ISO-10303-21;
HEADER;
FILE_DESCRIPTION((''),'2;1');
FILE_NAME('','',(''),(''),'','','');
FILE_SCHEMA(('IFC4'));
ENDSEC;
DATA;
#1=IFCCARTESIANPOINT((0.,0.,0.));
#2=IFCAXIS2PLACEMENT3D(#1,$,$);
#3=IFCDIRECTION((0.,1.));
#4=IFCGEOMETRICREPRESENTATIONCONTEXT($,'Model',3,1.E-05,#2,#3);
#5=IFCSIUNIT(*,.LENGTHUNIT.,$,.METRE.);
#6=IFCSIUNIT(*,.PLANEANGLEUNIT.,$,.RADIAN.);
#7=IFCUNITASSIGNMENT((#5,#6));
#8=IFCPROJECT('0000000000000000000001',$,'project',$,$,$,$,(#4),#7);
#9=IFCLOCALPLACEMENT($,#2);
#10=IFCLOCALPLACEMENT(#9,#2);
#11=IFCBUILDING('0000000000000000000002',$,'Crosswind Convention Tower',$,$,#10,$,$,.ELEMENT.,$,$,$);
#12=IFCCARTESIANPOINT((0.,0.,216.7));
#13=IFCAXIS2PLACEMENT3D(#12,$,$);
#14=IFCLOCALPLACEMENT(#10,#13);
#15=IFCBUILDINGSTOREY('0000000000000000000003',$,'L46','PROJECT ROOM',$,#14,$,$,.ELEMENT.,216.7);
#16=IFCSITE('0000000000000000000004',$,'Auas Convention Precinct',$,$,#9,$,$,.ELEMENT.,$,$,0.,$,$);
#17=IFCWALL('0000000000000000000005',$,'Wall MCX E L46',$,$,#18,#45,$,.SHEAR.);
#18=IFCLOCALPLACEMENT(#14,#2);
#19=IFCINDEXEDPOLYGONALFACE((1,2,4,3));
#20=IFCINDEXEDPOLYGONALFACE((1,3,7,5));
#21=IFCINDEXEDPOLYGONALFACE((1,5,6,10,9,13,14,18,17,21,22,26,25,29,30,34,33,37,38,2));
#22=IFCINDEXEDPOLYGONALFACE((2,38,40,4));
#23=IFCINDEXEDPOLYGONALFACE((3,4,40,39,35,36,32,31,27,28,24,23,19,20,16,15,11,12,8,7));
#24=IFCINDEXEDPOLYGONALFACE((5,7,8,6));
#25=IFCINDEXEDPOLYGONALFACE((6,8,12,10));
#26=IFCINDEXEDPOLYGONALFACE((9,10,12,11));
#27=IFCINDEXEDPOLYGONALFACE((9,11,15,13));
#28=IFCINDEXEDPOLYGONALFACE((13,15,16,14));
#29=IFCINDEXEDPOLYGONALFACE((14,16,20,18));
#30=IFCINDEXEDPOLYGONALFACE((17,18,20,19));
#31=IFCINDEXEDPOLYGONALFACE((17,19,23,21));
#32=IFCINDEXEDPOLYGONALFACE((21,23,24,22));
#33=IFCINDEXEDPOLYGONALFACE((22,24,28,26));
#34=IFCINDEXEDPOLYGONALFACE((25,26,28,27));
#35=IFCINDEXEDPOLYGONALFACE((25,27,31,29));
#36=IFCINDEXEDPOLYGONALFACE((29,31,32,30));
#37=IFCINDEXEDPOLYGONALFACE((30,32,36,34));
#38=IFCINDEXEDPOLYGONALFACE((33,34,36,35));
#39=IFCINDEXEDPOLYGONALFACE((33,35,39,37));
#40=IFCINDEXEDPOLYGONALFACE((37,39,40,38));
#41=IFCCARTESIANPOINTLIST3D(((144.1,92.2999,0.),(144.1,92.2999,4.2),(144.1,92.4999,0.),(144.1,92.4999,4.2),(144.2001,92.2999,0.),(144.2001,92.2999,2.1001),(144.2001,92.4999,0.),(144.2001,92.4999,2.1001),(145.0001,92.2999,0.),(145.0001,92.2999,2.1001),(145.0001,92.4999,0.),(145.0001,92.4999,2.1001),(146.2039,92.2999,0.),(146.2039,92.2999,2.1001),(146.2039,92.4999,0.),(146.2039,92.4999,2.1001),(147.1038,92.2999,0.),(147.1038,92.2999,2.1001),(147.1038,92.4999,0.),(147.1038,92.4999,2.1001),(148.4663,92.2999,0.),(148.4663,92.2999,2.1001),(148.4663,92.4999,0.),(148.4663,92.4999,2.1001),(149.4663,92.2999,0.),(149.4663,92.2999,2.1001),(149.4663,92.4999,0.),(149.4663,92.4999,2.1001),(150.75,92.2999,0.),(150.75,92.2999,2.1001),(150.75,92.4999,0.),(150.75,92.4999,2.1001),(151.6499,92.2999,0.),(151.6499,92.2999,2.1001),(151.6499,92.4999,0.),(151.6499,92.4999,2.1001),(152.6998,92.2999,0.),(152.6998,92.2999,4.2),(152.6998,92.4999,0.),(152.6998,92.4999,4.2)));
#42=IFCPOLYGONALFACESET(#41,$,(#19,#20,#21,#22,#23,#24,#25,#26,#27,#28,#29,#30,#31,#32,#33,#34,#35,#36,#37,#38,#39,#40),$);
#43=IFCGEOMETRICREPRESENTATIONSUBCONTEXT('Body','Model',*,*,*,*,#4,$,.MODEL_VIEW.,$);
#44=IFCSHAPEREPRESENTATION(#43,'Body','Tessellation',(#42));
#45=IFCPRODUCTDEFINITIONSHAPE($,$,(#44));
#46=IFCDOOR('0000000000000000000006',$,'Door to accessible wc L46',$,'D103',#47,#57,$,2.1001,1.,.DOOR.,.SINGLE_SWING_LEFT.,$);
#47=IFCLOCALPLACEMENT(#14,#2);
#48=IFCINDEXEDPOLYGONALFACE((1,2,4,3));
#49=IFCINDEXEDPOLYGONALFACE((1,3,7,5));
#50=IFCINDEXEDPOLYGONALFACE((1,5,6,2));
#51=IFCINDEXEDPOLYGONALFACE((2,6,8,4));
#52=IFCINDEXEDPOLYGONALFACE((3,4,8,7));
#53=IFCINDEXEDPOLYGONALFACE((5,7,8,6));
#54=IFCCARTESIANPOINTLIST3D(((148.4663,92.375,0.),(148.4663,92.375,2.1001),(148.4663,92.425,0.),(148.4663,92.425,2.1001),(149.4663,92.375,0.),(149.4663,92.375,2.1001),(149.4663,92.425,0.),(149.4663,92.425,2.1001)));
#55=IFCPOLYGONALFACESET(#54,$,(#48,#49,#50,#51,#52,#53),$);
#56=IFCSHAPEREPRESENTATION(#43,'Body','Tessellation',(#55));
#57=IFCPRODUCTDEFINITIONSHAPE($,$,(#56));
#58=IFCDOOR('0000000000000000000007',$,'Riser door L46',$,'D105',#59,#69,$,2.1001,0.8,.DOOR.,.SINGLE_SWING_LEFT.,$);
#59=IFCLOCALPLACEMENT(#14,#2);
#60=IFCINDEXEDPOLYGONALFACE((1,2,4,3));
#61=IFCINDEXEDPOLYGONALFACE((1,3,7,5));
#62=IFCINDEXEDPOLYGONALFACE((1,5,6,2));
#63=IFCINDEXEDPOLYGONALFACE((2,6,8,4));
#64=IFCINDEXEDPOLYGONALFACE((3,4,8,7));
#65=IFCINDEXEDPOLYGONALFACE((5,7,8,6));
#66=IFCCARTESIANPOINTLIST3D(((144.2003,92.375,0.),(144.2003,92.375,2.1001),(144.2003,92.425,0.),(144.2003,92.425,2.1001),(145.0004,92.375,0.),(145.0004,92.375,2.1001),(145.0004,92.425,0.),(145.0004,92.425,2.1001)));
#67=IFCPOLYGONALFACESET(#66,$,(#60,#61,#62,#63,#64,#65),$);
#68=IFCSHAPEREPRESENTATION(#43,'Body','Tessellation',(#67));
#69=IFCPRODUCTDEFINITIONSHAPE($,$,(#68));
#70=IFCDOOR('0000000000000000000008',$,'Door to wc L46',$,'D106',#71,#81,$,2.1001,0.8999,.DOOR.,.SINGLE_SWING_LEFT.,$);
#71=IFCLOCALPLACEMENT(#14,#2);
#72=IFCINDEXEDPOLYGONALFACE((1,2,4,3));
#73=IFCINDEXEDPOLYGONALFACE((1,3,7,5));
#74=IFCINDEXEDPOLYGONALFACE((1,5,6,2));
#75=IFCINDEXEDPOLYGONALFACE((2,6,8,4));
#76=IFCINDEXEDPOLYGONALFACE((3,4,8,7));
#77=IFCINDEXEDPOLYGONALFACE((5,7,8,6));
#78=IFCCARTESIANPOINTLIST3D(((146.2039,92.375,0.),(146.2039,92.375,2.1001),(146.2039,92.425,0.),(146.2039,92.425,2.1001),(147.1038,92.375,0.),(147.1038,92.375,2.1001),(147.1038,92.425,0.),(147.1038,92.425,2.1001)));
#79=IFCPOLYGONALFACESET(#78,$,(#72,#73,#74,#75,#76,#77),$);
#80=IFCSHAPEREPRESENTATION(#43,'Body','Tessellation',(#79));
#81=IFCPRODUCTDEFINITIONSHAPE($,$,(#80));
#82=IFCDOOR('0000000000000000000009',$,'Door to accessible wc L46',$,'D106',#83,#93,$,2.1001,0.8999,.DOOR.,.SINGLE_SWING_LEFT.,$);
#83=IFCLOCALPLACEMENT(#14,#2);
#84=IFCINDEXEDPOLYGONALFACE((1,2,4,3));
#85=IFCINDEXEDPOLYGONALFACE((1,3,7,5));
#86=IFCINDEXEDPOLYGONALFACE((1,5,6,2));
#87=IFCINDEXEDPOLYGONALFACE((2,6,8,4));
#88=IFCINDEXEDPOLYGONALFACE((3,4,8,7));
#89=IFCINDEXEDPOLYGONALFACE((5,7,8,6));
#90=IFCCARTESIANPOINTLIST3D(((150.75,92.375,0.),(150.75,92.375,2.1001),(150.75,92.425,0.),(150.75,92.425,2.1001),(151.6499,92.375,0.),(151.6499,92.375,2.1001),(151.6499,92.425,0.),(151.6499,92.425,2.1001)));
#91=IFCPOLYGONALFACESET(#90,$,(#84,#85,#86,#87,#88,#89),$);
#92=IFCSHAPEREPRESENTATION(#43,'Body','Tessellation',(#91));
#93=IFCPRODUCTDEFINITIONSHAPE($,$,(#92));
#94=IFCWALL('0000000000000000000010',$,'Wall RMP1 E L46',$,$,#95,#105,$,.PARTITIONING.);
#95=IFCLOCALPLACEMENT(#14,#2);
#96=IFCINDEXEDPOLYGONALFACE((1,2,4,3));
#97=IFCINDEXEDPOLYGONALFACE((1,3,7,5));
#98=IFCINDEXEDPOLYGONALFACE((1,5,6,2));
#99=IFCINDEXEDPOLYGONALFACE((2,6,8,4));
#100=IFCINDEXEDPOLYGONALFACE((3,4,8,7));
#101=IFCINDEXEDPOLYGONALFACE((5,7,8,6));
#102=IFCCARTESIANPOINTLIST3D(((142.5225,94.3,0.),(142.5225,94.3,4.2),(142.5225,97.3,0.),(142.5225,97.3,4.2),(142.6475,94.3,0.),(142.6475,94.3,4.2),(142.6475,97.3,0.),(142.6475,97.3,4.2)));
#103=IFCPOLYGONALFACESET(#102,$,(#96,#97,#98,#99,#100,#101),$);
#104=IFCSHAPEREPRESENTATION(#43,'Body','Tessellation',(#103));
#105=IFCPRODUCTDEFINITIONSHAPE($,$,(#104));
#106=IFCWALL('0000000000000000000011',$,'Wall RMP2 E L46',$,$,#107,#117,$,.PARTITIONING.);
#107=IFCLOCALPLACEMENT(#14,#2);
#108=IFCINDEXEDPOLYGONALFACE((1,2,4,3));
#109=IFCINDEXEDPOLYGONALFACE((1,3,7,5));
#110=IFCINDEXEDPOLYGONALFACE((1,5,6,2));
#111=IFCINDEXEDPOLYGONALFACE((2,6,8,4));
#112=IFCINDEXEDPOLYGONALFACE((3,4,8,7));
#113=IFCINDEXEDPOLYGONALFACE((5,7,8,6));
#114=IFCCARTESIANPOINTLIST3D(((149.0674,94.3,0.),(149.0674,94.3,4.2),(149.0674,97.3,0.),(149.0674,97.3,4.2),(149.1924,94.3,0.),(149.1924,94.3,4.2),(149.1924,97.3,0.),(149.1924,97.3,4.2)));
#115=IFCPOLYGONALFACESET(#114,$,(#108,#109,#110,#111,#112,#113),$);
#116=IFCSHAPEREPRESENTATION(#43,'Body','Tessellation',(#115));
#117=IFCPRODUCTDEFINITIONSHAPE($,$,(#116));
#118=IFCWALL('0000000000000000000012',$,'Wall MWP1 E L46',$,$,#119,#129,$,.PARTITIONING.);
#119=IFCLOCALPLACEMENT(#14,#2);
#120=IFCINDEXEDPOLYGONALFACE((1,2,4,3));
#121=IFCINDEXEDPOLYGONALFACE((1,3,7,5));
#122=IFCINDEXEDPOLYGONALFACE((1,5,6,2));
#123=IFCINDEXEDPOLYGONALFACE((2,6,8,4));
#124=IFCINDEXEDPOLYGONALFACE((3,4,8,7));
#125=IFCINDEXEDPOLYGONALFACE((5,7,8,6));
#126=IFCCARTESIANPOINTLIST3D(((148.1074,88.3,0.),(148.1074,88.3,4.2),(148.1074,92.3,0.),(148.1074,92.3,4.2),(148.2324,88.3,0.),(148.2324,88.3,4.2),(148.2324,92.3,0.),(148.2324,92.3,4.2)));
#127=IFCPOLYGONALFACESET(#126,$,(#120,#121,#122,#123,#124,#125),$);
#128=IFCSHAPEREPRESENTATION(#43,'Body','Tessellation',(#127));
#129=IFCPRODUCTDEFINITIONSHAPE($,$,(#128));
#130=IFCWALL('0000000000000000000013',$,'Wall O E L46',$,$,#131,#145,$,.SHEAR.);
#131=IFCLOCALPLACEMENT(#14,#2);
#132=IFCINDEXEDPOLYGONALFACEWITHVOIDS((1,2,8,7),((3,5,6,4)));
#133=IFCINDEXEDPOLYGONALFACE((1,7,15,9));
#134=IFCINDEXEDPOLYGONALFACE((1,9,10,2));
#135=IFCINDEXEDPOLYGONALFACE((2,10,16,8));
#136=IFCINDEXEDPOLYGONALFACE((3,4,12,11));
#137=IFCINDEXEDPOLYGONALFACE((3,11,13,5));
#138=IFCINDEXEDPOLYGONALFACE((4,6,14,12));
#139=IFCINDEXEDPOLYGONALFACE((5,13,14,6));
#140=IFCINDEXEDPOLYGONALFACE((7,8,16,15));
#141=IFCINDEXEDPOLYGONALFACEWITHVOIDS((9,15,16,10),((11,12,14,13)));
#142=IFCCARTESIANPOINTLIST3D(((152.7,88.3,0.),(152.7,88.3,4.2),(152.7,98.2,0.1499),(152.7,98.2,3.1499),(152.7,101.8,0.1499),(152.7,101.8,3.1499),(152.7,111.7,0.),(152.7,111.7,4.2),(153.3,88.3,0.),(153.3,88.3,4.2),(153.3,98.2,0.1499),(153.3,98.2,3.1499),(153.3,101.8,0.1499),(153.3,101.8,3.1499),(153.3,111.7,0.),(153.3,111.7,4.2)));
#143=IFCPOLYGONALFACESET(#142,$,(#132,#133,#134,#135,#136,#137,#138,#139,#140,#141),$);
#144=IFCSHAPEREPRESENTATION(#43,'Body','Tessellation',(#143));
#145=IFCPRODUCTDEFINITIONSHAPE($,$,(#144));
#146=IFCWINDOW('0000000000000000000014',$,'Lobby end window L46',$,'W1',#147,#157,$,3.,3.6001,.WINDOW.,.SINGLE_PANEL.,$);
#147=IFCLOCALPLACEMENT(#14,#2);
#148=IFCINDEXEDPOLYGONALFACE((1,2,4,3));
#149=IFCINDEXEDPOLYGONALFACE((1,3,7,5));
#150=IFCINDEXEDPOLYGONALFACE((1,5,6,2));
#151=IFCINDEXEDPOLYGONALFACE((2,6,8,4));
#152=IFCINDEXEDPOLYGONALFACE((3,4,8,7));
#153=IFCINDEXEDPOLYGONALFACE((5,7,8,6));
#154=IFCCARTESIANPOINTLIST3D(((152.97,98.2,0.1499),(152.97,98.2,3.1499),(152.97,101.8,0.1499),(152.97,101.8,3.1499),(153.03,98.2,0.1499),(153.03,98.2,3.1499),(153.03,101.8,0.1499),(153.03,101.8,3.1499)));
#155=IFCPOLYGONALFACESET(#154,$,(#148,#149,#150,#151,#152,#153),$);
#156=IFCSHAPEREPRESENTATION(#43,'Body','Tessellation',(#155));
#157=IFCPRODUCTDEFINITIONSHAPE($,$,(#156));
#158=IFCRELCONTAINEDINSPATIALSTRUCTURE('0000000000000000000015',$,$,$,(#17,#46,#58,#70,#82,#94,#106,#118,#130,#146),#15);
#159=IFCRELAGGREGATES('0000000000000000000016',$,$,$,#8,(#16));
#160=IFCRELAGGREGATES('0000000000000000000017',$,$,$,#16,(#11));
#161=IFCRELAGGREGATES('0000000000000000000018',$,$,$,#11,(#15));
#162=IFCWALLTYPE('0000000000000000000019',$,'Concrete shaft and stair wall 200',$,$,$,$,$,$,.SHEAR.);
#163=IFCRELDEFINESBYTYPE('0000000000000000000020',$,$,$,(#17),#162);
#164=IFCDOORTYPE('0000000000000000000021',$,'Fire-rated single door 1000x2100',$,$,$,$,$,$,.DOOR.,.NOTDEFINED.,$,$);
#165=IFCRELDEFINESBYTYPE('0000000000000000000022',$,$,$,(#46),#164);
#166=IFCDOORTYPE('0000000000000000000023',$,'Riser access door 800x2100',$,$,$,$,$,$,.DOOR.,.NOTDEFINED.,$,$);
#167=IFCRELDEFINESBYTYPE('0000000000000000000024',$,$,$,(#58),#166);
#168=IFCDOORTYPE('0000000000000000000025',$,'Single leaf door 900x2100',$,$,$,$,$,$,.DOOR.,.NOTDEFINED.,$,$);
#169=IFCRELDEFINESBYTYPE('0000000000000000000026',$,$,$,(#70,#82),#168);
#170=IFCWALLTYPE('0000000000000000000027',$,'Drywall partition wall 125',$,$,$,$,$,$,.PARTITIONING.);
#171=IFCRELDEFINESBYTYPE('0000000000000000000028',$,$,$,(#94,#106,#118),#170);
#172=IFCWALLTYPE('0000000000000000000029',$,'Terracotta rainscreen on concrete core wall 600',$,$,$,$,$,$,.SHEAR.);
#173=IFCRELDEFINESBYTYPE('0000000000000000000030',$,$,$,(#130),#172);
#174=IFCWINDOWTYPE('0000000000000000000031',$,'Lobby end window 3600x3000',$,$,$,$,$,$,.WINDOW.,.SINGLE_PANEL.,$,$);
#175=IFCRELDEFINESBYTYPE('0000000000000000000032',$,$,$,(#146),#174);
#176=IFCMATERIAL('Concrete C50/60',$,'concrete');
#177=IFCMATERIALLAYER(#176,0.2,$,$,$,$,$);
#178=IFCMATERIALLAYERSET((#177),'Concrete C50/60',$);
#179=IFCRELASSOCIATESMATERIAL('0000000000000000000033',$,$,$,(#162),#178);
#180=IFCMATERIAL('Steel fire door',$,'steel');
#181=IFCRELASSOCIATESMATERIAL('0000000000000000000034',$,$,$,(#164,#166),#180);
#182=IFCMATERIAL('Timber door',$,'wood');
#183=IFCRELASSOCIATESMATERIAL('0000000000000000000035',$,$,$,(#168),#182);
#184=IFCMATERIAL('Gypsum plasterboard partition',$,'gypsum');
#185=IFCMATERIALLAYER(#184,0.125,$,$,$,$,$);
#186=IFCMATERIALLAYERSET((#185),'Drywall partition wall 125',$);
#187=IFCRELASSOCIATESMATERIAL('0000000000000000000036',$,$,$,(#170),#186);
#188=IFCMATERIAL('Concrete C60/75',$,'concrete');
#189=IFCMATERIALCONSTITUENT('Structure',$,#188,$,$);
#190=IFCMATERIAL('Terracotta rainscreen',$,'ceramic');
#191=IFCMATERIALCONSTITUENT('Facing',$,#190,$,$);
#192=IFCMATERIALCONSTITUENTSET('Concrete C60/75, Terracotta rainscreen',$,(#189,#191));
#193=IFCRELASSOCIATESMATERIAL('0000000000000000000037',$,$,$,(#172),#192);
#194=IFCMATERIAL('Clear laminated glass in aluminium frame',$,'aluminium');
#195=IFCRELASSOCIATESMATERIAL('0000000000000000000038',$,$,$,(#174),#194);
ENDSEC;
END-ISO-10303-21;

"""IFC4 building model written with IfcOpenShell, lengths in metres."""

from ifc_helpers import new_model, si_unit, direction, frame, frame_2d, origin, place, context, subcontext, project, spatial, rectangle, extrude, material, layer, layer_set, constituent, constituent_set, type_object, element, fill, save


model = new_model("IFC4")

# Units and contexts
model_context = context("Model", 3, precision=1e-05, world=origin(), true_north=direction((0.0, 1.0)))
body_context = subcontext(model_context, "Body", "Model", "MODEL_VIEW")
ifc_project = project(units=[si_unit("LENGTHUNIT", "METRE"), si_unit("PLANEANGLEUNIT", "RADIAN")], contexts=[model_context])

# Site, building, storey
site_placement = place(None, origin())
site = spatial("IfcSite", under=ifc_project, at=site_placement, Name="Auas Convention Precinct", CompositionType="ELEMENT", RefElevation=0.0)
building_placement = place(site_placement, origin())
building = spatial("IfcBuilding", under=site, at=building_placement, Name="Crosswind Convention Tower", CompositionType="ELEMENT")
storey_placement = place(building_placement, frame((0.0, 0.0, 216.7)))
storey = spatial("IfcBuildingStorey", under=building, at=storey_placement, Name="L46", Description="PROJECT ROOM", CompositionType="ELEMENT", Elevation=216.7)

# Shared definitions
ifc_material_1 = material(Name="Concrete C50/60", Category="concrete")

# Shared definitions
ifc_layer_1 = layer(ifc_material_1, 0.2)
ifc_layer_set_1 = layer_set([ifc_layer_1], Name="Concrete C50/60")
wall_type_1 = type_object("IfcWallType", Name="Concrete shaft and stair wall 200", PredefinedType="SHEAR", material=ifc_layer_set_1)

# Shared definitions
ifc_material_2 = material(Name="Steel fire door", Category="steel")

# Shared definitions
door_type_1 = type_object("IfcDoorType", Name="Fire-rated single door 1000x2100", OperationType="NOTDEFINED", PredefinedType="DOOR", material=ifc_material_2)

# Wall, openings, doors
wall_1_placement = place(storey_placement, frame((144.1001, 92.3999, 0.0), z_axis=(0.0, 0.0, 1.0), x_axis=(1.0, 0.0, 0.0)))
wall_1 = element("IfcWall", 1, at=wall_1_placement, inside=storey, type_object=wall_type_1, Name="Wall MCX E L46", PredefinedType="SHEAR", context=body_context, shape_type="SweptSolid", body=[
    extrude(rectangle(XDim=8.5999, YDim=0.2, at=frame_2d((4.2998, 0.0))), origin(), (0.0, 0.0, 1.0), 4.2),
])
opening_1_placement = place(wall_1_placement, frame((0.1001, 0.0, 0.0)))
opening_1 = element("IfcOpeningElement", 2, at=opening_1_placement, cuts=wall_1, PredefinedType="OPENING", context=body_context, shape_type="SweptSolid", body=[
    extrude(rectangle(XDim=0.8, YDim=2.1001, at=frame_2d((0.3999, 1.05))), frame((0.0, 0.1099, 0.0), z_axis=(0.0, -1.0, 0.0), x_axis=(1.0, 0.0, 0.0)), (0.0, 0.0, 1.0), 0.22),
])
opening_2_placement = place(wall_1_placement, frame((2.1038, 0.0, 0.0)))
opening_2 = element("IfcOpeningElement", 3, at=opening_2_placement, cuts=wall_1, PredefinedType="OPENING", context=body_context, shape_type="SweptSolid", body=[
    extrude(rectangle(XDim=0.8999, YDim=2.1001, at=frame_2d((0.45, 1.05))), frame((0.0, 0.1099, 0.0), z_axis=(0.0, -1.0, 0.0), x_axis=(1.0, 0.0, 0.0)), (0.0, 0.0, 1.0), 0.22),
])
opening_3_placement = place(wall_1_placement, frame((4.3662, 0.0, 0.0)))
opening_3 = element("IfcOpeningElement", 4, at=opening_3_placement, cuts=wall_1, PredefinedType="OPENING", context=body_context, shape_type="SweptSolid", body=[
    extrude(rectangle(XDim=1.0, YDim=2.1001, at=frame_2d((0.5, 1.05))), frame((0.0, 0.1099, 0.0), z_axis=(0.0, -1.0, 0.0), x_axis=(1.0, 0.0, 0.0)), (0.0, 0.0, 1.0), 0.22),
])
opening_4_placement = place(wall_1_placement, frame((6.6499, 0.0, 0.0)))
opening_4 = element("IfcOpeningElement", 5, at=opening_4_placement, cuts=wall_1, PredefinedType="OPENING", context=body_context, shape_type="SweptSolid", body=[
    extrude(rectangle(XDim=0.8999, YDim=2.1001, at=frame_2d((0.45, 1.05))), frame((0.0, 0.1099, 0.0), z_axis=(0.0, -1.0, 0.0), x_axis=(1.0, 0.0, 0.0)), (0.0, 0.0, 1.0), 0.22),
])
door_1_placement = place(opening_3_placement, frame((1.0, 0.0, 0.0), z_axis=(0.0, 0.0, 1.0), x_axis=(-1.0, 0.0, 0.0)))
door_1 = element("IfcDoor", 6, at=door_1_placement, inside=storey, type_object=door_type_1, Name="Door to accessible wc L46", ObjectType="D103", OperationType="SINGLE_SWING_LEFT", OverallHeight=2.1001, OverallWidth=1.0, PredefinedType="DOOR", context=body_context, shape_type="SweptSolid", body=[
    extrude(rectangle(XDim=1.0, YDim=2.1001, at=frame_2d((0.5, 1.05))), frame((0.0, 0.0249, 0.0), z_axis=(0.0, -1.0, 0.0), x_axis=(1.0, 0.0, 0.0)), (0.0, 0.0, 1.0), 0.05),
])
fill(opening_3, door_1)
door_type_2 = type_object("IfcDoorType", Name="Riser access door 800x2100", OperationType="NOTDEFINED", PredefinedType="DOOR", material=ifc_material_2)
door_2_placement = place(opening_1_placement, frame((0.8, 0.0, 0.0), z_axis=(0.0, 0.0, 1.0), x_axis=(-1.0, 0.0, 0.0)))
door_2 = element("IfcDoor", 7, at=door_2_placement, inside=storey, type_object=door_type_2, Name="Riser door L46", ObjectType="D105", OperationType="SINGLE_SWING_LEFT", OverallHeight=2.1001, OverallWidth=0.8, PredefinedType="DOOR", context=body_context, shape_type="SweptSolid", body=[
    extrude(rectangle(XDim=0.8, YDim=2.1001, at=frame_2d((0.3999, 1.05))), frame((0.0, 0.0249, 0.0), z_axis=(0.0, -1.0, 0.0), x_axis=(1.0, 0.0, 0.0)), (0.0, 0.0, 1.0), 0.05),
])
fill(opening_1, door_2)
ifc_material_3 = material(Name="Timber door", Category="wood")
door_type_3 = type_object("IfcDoorType", Name="Single leaf door 900x2100", OperationType="NOTDEFINED", PredefinedType="DOOR", material=ifc_material_3)
door_3_placement = place(opening_2_placement, frame((0.8999, 0.0, 0.0), z_axis=(0.0, 0.0, 1.0), x_axis=(-1.0, 0.0, 0.0)))
door_3 = element("IfcDoor", 8, at=door_3_placement, inside=storey, type_object=door_type_3, Name="Door to wc L46", ObjectType="D106", OperationType="SINGLE_SWING_LEFT", OverallHeight=2.1001, OverallWidth=0.8999, PredefinedType="DOOR", context=body_context, shape_type="SweptSolid", body=[
    extrude(rectangle(XDim=0.8999, YDim=2.1001, at=frame_2d((0.45, 1.05))), frame((0.0, 0.0249, 0.0), z_axis=(0.0, -1.0, 0.0), x_axis=(1.0, 0.0, 0.0)), (0.0, 0.0, 1.0), 0.05),
])
fill(opening_2, door_3)
door_4_placement = place(opening_4_placement, frame((0.8999, 0.0, 0.0), z_axis=(0.0, 0.0, 1.0), x_axis=(-1.0, 0.0, 0.0)))
door_4 = element("IfcDoor", 9, at=door_4_placement, inside=storey, type_object=door_type_3, Name="Door to accessible wc L46", ObjectType="D106", OperationType="SINGLE_SWING_LEFT", OverallHeight=2.1001, OverallWidth=0.8999, PredefinedType="DOOR", context=body_context, shape_type="SweptSolid", body=[
    extrude(rectangle(XDim=0.8999, YDim=2.1001, at=frame_2d((0.45, 1.05))), frame((0.0, 0.0249, 0.0), z_axis=(0.0, -1.0, 0.0), x_axis=(1.0, 0.0, 0.0)), (0.0, 0.0, 1.0), 0.05),
])
fill(opening_4, door_4)

# Walls
ifc_material_4 = material(Name="Gypsum plasterboard partition", Category="gypsum")
ifc_layer_2 = layer(ifc_material_4, 0.125)
ifc_layer_set_2 = layer_set([ifc_layer_2], Name="Drywall partition wall 125")
wall_type_2 = type_object("IfcWallType", Name="Drywall partition wall 125", PredefinedType="PARTITIONING", material=ifc_layer_set_2)
for number, where, z_axis, x_axis, name in (
    (10, (142.585, 94.3, 0.0), (0.0, 0.0, 1.0), (0.0, 1.0, 0.0), "Wall RMP1 E L46"),
    (11, (149.1299, 94.3, 0.0), (0.0, 0.0, 1.0), (0.0, 1.0, 0.0), "Wall RMP2 E L46"),
):
    element("IfcWall", number, at=place(storey_placement, frame(where, z_axis=z_axis, x_axis=x_axis)), inside=storey, type_object=wall_type_2, Name=name, PredefinedType="PARTITIONING", context=body_context, shape_type="SweptSolid", body=[
        extrude(rectangle(XDim=3.0, YDim=0.125, at=frame_2d((1.5, 0.0))), origin(), (0.0, 0.0, 1.0), 4.2),
    ])
wall_2_placement = place(storey_placement, frame((148.1699, 88.3, 0.0), z_axis=(0.0, 0.0, 1.0), x_axis=(0.0, 1.0, 0.0)))
element("IfcWall", 12, at=wall_2_placement, inside=storey, type_object=wall_type_2, Name="Wall MWP1 E L46", PredefinedType="PARTITIONING", context=body_context, shape_type="SweptSolid", body=[
    extrude(rectangle(XDim=4.0, YDim=0.125, at=frame_2d((2.0, 0.0))), origin(), (0.0, 0.0, 1.0), 4.2),
])

# Wall, opening, window
ifc_material_5 = material(Name="Concrete C60/75", Category="concrete")
ifc_constituent_1 = constituent(ifc_material_5, Name="Structure")
ifc_material_6 = material(Name="Terracotta rainscreen", Category="ceramic")
ifc_constituent_2 = constituent(ifc_material_6, Name="Facing")
ifc_constituent_set = constituent_set(constituents=[ifc_constituent_1, ifc_constituent_2], Name="Concrete C60/75, Terracotta rainscreen")
wall_type_3 = type_object("IfcWallType", Name="Terracotta rainscreen on concrete core wall 600", PredefinedType="SHEAR", material=ifc_constituent_set)
wall_3_placement = place(storey_placement, frame((153.0, 88.3, 0.0), z_axis=(0.0, 0.0, 1.0), x_axis=(0.0, 1.0, 0.0)))
wall_3 = element("IfcWall", 13, at=wall_3_placement, inside=storey, type_object=wall_type_3, Name="Wall O E L46", PredefinedType="SHEAR", context=body_context, shape_type="SweptSolid", body=[
    extrude(rectangle(XDim=23.3999, YDim=0.6001, at=frame_2d((11.7, 0.0))), origin(), (0.0, 0.0, 1.0), 4.2),
])
opening_5_placement = place(wall_3_placement, frame((9.8999, 0.0, 0.1499)))
opening_5 = element("IfcOpeningElement", 14, at=opening_5_placement, cuts=wall_3, PredefinedType="OPENING", context=body_context, shape_type="SweptSolid", body=[
    extrude(rectangle(XDim=3.6001, YDim=3.0, at=frame_2d((1.8, 1.5))), frame((0.0, 0.3101, 0.0), z_axis=(0.0, -1.0, 0.0), x_axis=(1.0, 0.0, 0.0)), (0.0, 0.0, 1.0), 0.6201),
])
ifc_material_7 = material(Name="Clear laminated glass in aluminium frame", Category="aluminium")
window_type = type_object("IfcWindowType", Name="Lobby end window 3600x3000", PartitioningType="SINGLE_PANEL", PredefinedType="WINDOW", material=ifc_material_7)
window_placement = place(opening_5_placement, origin())
window = element("IfcWindow", 15, at=window_placement, inside=storey, type_object=window_type, Name="Lobby end window L46", ObjectType="W1", OverallHeight=3.0, OverallWidth=3.6001, PartitioningType="SINGLE_PANEL", PredefinedType="WINDOW", context=body_context, shape_type="SweptSolid", body=[
    extrude(rectangle(XDim=3.6001, YDim=3.0, at=frame_2d((1.8, 1.5))), frame((0.0, 0.03, 0.0), z_axis=(0.0, -1.0, 0.0), x_axis=(1.0, 0.0, 0.0)), (0.0, 0.0, 1.0), 0.0601),
])
fill(opening_5, window)

save(model, "model.ifc")
